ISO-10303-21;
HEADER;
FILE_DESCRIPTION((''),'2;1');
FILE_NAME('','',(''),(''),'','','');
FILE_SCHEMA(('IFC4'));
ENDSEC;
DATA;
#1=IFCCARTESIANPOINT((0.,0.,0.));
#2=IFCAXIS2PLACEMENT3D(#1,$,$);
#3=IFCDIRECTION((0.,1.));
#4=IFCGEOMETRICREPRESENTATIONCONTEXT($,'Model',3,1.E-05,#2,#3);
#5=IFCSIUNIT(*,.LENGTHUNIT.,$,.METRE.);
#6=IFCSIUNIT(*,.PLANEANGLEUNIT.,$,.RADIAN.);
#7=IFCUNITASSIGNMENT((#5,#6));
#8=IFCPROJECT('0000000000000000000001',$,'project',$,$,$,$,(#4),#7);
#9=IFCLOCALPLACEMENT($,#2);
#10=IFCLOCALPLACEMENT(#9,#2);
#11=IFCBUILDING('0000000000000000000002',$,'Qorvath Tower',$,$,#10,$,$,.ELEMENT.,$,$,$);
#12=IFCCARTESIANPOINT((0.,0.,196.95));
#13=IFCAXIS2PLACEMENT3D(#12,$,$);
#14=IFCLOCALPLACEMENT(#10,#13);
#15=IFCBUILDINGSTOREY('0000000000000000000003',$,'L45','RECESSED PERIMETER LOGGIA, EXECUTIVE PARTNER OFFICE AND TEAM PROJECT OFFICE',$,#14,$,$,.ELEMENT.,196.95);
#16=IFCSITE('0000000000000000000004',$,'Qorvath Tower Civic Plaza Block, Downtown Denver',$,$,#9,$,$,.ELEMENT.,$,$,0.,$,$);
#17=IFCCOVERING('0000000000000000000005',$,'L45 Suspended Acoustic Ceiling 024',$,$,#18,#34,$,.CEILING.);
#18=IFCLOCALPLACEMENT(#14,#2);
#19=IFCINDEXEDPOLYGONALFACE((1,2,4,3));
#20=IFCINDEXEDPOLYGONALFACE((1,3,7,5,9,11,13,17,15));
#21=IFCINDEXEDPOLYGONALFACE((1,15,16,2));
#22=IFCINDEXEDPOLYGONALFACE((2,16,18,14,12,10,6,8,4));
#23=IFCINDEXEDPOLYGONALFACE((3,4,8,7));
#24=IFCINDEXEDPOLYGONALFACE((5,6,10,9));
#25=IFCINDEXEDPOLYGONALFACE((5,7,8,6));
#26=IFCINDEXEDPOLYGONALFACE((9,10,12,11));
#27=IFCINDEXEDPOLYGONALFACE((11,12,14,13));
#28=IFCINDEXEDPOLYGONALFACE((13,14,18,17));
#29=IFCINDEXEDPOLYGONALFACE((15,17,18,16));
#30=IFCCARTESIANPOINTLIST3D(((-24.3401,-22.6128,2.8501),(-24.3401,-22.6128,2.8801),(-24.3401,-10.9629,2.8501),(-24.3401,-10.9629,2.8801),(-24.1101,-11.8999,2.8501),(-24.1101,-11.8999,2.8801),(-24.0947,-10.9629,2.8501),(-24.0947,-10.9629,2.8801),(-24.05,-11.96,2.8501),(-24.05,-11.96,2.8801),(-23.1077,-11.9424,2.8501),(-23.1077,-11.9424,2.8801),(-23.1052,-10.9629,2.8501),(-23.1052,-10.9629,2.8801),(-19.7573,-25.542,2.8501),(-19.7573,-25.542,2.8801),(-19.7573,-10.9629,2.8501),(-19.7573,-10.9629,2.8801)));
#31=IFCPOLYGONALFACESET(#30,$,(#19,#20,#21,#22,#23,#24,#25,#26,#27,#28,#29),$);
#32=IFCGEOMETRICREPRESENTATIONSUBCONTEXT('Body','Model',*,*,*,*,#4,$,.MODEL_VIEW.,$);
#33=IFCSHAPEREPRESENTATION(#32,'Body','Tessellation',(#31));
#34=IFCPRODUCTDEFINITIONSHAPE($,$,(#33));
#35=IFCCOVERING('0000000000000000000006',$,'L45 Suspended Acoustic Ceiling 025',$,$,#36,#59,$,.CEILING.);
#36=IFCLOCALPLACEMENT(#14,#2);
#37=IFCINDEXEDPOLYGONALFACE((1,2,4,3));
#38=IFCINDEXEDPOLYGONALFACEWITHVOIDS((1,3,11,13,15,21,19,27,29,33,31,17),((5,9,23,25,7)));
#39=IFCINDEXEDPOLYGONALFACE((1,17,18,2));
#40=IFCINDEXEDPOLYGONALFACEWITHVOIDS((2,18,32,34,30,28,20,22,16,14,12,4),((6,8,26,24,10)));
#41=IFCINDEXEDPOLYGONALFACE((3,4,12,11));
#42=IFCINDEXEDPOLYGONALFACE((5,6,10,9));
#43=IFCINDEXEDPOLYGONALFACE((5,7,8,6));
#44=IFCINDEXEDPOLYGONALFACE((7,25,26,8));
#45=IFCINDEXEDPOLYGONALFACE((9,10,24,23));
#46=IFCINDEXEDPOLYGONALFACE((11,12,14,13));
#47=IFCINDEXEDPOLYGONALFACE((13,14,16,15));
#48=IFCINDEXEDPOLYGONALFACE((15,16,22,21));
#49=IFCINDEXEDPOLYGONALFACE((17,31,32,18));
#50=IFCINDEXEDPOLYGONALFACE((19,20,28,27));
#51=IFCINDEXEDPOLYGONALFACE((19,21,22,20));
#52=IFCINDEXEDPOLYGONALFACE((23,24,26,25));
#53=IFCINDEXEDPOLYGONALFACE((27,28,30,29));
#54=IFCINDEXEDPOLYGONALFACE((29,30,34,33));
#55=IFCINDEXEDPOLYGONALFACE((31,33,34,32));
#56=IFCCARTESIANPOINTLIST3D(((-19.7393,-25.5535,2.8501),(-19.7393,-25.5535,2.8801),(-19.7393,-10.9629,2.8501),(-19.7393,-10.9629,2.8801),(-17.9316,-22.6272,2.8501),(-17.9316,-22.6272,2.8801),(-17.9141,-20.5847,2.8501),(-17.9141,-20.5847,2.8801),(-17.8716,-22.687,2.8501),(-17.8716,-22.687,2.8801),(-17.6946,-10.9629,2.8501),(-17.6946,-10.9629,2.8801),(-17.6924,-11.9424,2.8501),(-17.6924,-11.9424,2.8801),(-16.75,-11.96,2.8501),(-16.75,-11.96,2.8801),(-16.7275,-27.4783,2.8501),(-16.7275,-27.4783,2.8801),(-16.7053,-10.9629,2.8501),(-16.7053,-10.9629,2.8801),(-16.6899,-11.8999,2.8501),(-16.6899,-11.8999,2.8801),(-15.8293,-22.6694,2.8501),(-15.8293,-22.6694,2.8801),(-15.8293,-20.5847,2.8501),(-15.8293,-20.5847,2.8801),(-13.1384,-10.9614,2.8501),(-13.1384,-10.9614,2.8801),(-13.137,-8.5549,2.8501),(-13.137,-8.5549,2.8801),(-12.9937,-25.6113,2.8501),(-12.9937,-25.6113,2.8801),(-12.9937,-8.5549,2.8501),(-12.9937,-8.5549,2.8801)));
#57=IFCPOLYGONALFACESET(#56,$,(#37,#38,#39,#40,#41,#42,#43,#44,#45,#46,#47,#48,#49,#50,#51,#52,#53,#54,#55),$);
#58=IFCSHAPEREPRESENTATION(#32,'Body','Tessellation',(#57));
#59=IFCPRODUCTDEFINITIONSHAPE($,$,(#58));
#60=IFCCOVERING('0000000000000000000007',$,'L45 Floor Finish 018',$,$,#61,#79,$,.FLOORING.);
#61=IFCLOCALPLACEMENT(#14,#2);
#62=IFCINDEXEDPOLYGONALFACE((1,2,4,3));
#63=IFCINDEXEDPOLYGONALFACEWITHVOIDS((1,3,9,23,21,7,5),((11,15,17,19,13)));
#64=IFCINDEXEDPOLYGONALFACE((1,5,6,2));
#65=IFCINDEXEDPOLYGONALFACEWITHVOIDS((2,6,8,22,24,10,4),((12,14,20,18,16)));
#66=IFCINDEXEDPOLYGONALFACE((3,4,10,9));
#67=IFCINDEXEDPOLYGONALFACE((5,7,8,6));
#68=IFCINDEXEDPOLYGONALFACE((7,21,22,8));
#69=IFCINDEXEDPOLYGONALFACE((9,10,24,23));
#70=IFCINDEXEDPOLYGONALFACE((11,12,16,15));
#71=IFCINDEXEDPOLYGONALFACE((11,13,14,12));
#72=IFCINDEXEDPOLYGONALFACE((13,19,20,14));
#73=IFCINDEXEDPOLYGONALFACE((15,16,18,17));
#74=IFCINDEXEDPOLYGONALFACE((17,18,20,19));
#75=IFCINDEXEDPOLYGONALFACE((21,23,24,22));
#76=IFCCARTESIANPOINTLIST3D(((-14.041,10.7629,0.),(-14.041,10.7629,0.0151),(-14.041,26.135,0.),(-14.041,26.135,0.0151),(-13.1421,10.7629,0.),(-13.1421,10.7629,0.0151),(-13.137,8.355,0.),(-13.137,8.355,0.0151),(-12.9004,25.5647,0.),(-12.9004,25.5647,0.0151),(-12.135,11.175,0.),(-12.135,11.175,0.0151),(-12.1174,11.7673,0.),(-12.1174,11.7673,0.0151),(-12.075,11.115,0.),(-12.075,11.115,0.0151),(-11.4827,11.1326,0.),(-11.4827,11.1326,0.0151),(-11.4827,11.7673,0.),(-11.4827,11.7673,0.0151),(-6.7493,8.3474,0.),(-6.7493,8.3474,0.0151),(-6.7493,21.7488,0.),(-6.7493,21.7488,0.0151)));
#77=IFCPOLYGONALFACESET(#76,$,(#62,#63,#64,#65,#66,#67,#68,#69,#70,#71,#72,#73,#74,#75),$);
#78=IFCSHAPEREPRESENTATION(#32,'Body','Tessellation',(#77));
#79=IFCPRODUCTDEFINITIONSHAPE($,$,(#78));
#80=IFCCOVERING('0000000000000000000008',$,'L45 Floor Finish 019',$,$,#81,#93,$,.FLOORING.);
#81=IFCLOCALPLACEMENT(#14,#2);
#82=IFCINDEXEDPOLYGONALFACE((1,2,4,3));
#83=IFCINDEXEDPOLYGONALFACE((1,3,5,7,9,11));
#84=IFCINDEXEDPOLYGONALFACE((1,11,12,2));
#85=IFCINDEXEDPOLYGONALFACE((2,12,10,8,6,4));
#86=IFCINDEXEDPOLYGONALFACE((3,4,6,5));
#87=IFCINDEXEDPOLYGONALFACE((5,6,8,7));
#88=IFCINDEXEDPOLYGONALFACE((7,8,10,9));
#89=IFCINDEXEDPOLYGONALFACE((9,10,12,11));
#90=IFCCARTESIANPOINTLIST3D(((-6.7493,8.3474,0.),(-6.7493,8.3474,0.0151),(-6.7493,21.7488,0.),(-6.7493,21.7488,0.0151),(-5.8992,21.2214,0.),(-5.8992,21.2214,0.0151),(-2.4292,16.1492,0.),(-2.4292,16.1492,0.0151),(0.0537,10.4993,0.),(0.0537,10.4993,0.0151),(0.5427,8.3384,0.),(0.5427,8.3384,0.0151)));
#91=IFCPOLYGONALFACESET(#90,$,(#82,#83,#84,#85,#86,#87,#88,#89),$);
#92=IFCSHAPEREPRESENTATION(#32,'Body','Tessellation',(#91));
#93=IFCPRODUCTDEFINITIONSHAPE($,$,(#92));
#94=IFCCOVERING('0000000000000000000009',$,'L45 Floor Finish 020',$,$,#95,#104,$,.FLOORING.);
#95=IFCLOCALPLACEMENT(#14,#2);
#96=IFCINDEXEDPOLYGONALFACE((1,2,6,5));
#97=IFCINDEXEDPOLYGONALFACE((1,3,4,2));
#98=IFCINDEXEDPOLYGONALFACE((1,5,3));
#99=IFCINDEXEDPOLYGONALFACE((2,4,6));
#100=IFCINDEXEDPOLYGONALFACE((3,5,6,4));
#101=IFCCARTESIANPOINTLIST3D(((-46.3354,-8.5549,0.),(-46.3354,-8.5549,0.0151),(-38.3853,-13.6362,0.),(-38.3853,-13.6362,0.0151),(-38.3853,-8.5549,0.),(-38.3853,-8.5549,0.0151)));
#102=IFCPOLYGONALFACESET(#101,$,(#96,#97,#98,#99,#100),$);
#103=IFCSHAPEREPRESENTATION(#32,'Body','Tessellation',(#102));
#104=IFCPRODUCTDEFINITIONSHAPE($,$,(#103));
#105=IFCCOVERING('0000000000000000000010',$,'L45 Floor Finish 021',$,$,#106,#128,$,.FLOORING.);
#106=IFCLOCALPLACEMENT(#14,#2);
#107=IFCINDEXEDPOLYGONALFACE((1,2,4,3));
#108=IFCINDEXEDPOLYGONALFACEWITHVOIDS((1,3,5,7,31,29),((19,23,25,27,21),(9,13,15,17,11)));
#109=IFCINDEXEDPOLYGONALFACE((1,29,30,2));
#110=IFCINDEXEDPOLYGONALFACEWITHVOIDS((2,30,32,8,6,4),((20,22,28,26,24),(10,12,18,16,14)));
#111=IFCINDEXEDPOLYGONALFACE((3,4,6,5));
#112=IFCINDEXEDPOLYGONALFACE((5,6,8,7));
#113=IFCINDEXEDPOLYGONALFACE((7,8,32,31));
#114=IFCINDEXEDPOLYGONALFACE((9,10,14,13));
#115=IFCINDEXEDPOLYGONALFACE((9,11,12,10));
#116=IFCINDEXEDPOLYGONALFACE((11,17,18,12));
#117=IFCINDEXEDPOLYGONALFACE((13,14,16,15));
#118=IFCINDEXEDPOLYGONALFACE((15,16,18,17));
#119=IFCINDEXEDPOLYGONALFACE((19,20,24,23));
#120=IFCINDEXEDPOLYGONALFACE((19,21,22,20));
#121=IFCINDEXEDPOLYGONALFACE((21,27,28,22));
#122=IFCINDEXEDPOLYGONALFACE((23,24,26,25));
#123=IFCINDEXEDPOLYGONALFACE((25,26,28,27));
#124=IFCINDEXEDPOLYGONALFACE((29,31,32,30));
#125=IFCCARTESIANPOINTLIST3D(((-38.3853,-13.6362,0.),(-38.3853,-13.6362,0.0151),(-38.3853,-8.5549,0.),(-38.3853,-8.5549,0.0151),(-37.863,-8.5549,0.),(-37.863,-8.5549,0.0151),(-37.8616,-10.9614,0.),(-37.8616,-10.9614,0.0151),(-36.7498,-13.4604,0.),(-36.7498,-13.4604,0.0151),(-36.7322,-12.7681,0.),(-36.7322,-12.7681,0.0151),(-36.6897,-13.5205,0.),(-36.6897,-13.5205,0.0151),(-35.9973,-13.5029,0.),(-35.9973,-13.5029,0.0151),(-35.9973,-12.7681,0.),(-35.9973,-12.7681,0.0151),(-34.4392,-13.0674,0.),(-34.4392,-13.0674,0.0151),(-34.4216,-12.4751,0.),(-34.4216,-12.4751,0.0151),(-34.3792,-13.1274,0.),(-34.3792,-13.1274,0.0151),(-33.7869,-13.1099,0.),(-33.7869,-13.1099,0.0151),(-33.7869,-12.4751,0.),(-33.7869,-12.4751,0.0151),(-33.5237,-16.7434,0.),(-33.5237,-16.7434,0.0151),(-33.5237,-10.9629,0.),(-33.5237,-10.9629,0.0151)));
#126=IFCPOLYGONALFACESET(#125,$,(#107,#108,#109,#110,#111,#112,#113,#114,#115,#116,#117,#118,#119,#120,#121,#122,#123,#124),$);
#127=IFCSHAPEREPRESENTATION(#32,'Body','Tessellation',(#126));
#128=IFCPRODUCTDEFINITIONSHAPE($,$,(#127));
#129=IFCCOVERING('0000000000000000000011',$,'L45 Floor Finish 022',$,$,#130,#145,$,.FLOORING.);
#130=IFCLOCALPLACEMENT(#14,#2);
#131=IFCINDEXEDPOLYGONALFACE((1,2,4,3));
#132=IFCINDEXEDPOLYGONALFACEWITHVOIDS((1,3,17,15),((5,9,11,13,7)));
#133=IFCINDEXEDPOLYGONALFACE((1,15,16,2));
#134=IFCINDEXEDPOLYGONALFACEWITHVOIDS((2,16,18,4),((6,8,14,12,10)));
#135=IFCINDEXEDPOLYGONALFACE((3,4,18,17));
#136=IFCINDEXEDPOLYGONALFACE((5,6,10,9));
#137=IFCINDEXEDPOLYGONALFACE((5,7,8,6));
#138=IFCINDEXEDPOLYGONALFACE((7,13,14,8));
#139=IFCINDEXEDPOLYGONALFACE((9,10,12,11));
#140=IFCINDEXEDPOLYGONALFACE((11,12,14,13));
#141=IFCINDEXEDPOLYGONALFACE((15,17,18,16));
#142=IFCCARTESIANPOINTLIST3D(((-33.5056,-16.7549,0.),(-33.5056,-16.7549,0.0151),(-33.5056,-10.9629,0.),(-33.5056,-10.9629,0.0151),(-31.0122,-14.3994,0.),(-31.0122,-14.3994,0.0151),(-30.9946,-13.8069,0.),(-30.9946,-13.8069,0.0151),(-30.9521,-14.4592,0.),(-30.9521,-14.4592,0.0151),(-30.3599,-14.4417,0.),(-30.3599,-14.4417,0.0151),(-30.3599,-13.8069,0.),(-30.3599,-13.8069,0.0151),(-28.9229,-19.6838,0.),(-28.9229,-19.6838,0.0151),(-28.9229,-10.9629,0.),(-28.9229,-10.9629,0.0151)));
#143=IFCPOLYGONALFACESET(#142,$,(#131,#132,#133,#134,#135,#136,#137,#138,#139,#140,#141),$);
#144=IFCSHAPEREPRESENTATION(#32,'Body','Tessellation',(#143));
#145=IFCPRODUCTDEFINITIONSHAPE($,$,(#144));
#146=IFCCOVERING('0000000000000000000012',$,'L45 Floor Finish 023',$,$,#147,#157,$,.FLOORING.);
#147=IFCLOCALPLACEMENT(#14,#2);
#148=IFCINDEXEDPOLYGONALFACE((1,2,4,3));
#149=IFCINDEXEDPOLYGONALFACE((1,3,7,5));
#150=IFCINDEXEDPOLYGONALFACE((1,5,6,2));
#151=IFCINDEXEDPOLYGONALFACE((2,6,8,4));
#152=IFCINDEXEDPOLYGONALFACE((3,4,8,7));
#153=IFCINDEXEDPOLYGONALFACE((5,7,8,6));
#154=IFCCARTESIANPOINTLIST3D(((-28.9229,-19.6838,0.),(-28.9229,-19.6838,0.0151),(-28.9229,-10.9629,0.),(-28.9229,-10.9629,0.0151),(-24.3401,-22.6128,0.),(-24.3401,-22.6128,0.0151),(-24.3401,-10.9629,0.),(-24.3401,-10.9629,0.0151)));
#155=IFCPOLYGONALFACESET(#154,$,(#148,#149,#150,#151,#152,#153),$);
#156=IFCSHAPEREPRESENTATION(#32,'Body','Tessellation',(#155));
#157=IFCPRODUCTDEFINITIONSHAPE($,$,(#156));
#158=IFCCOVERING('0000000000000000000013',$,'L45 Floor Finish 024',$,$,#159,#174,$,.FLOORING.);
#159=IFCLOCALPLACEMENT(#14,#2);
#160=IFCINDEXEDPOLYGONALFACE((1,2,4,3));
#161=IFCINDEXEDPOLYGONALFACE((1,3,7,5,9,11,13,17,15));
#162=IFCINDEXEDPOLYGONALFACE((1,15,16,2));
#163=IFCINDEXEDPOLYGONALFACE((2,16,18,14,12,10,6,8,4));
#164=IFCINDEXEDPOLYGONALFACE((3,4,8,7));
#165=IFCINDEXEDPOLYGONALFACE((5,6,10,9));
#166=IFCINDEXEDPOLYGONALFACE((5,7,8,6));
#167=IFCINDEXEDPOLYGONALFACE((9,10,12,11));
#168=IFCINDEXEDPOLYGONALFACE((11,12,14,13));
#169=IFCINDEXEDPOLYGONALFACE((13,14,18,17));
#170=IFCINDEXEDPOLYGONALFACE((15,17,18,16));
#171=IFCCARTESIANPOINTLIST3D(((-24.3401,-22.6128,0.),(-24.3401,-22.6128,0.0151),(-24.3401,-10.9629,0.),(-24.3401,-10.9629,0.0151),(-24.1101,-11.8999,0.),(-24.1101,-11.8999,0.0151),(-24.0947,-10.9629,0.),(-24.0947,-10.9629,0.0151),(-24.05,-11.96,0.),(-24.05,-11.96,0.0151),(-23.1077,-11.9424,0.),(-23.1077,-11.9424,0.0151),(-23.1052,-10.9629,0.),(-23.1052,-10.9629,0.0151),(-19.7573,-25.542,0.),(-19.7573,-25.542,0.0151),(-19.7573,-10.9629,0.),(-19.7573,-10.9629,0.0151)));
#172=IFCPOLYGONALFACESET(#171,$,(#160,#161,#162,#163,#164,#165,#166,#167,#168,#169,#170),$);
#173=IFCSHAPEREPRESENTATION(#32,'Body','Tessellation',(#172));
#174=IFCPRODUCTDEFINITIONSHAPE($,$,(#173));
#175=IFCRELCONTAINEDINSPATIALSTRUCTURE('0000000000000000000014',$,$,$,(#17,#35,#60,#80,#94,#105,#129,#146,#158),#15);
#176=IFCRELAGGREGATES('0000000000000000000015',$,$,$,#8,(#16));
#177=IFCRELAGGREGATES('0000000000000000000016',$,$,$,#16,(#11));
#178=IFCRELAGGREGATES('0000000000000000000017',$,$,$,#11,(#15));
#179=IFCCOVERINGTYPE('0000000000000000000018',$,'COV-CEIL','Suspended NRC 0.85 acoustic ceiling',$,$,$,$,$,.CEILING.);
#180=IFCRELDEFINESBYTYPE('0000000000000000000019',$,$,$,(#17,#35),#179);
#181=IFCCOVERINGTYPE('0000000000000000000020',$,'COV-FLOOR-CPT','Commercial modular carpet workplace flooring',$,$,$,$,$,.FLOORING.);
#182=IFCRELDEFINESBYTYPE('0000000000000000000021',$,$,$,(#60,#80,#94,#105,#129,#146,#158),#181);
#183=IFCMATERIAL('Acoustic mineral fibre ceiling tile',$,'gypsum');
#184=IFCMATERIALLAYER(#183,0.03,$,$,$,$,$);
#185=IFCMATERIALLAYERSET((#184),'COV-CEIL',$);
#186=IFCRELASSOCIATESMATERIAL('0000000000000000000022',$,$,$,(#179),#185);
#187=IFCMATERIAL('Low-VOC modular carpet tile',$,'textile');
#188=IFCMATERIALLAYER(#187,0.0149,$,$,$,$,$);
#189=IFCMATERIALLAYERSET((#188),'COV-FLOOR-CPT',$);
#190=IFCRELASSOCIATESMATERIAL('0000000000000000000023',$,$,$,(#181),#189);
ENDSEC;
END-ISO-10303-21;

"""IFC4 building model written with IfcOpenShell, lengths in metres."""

from ifc_helpers import new_model, si_unit, direction, frame, origin, place, context, subcontext, project, spatial, polyline, outline, extrude, material, layer, layer_set, type_object, element, save


model = new_model("IFC4")

# Units and contexts
model_context = context("Model", 3, precision=1e-05, world=origin(), true_north=direction((0.0, 1.0)))
body_context = subcontext(model_context, "Body", "Model", "MODEL_VIEW")
ifc_project = project(units=[si_unit("LENGTHUNIT", "METRE"), si_unit("PLANEANGLEUNIT", "RADIAN")], contexts=[model_context])

# Site, building, storey
site_placement = place(None, origin())
site = spatial("IfcSite", under=ifc_project, at=site_placement, Name="Qorvath Tower Civic Plaza Block, Downtown Denver", CompositionType="ELEMENT", RefElevation=0.0)
building_placement = place(site_placement, origin())
building = spatial("IfcBuilding", under=site, at=building_placement, Name="Qorvath Tower", CompositionType="ELEMENT")
storey_placement = place(building_placement, frame((0.0, 0.0, 196.95)))
storey = spatial("IfcBuildingStorey", under=building, at=storey_placement, Name="L45", Description="RECESSED PERIMETER LOGGIA, EXECUTIVE PARTNER OFFICE AND TEAM PROJECT OFFICE", CompositionType="ELEMENT", Elevation=196.95)

# Coverings
ifc_material_1 = material(Name="Acoustic mineral fibre ceiling tile", Category="gypsum")
ifc_layer_1 = layer(ifc_material_1, 0.03)
ifc_layer_set_1 = layer_set([ifc_layer_1], Name="COV-CEIL")
covering_type_1 = type_object("IfcCoveringType", Name="COV-CEIL", Description="Suspended NRC 0.85 acoustic ceiling", PredefinedType="CEILING", material=ifc_layer_set_1)
covering_1_placement = place(storey_placement, frame((0.0, 0.0, 2.8501)))
element("IfcCovering", 1, at=covering_1_placement, inside=storey, type_object=covering_type_1, Name="L45 Suspended Acoustic Ceiling 024", PredefinedType="CEILING", context=body_context, shape_type="SweptSolid", body=[
    extrude(outline(polyline([(-24.3401, -10.9629), (-24.3401, -22.6128), (-19.7573, -25.542), (-19.7573, -10.9629), (-23.1052, -10.9629), (-23.1077, -11.9424), (-24.05, -11.96), (-24.1101, -11.8999), (-24.0947, -10.9629), (-24.3401, -10.9629)])), origin(), (0.0, 0.0, 1.0), 0.03),
])
covering_2_placement = place(storey_placement, frame((0.0, 0.0, 2.8501)))
element("IfcCovering", 2, at=covering_2_placement, inside=storey, type_object=covering_type_1, Name="L45 Suspended Acoustic Ceiling 025", PredefinedType="CEILING", context=body_context, shape_type="SweptSolid", body=[
    extrude(outline(polyline([(-17.6946, -10.9629), (-19.7393, -10.9629), (-19.7393, -25.5535), (-16.7275, -27.4783), (-12.9937, -25.6113), (-12.9937, -8.5549), (-13.137, -8.5549), (-13.1384, -10.9614), (-16.7053, -10.9629), (-16.6899, -11.8999), (-16.75, -11.96), (-17.6924, -11.9424), (-17.6946, -10.9629)]), holes=[polyline([(-17.9316, -22.6272), (-17.9141, -20.5847), (-15.8293, -20.5847), (-15.8293, -22.6694), (-17.8716, -22.687), (-17.9316, -22.6272)])]), origin(), (0.0, 0.0, 1.0), 0.03),
])
ifc_material_2 = material(Name="Low-VOC modular carpet tile", Category="textile")
ifc_layer_2 = layer(ifc_material_2, 0.0149)
ifc_layer_set_2 = layer_set([ifc_layer_2], Name="COV-FLOOR-CPT")
covering_type_2 = type_object("IfcCoveringType", Name="COV-FLOOR-CPT", Description="Commercial modular carpet workplace flooring", PredefinedType="FLOORING", material=ifc_layer_set_2)
covering_3_placement = place(storey_placement, origin())
element("IfcCovering", 3, at=covering_3_placement, inside=storey, type_object=covering_type_2, Name="L45 Floor Finish 018", PredefinedType="FLOORING", context=body_context, shape_type="SweptSolid", body=[
    extrude(outline(polyline([(-6.7493, 8.3474), (-6.7493, 21.7488), (-12.9004, 25.5647), (-14.041, 26.135), (-14.041, 10.7629), (-13.1421, 10.7629), (-13.137, 8.355), (-6.7493, 8.3474)]), holes=[polyline([(-12.135, 11.175), (-12.1174, 11.7673), (-11.4827, 11.7673), (-11.4827, 11.1326), (-12.075, 11.115), (-12.135, 11.175)])]), origin(), (0.0, 0.0, 1.0), 0.0151),
])
covering_4_placement = place(storey_placement, origin())
element("IfcCovering", 4, at=covering_4_placement, inside=storey, type_object=covering_type_2, Name="L45 Floor Finish 019", PredefinedType="FLOORING", context=body_context, shape_type="SweptSolid", body=[
    extrude(outline(polyline([(0.5427, 8.3384), (0.0537, 10.4993), (-2.4292, 16.1492), (-5.8992, 21.2214), (-6.7493, 21.7488), (-6.7493, 8.3474), (0.5427, 8.3384)])), origin(), (0.0, 0.0, 1.0), 0.0151),
])
covering_5_placement = place(storey_placement, origin())
element("IfcCovering", 5, at=covering_5_placement, inside=storey, type_object=covering_type_2, Name="L45 Floor Finish 020", PredefinedType="FLOORING", context=body_context, shape_type="SweptSolid", body=[
    extrude(outline(polyline([(-38.3853, -13.6362), (-38.3853, -8.5549), (-46.3354, -8.5549), (-38.3853, -13.6362)])), origin(), (0.0, 0.0, 1.0), 0.0151),
])
covering_6_placement = place(storey_placement, origin())
element("IfcCovering", 6, at=covering_6_placement, inside=storey, type_object=covering_type_2, Name="L45 Floor Finish 021", PredefinedType="FLOORING", context=body_context, shape_type="SweptSolid", body=[
    extrude(outline(polyline([(-37.8616, -10.9614), (-37.863, -8.5549), (-38.3853, -8.5549), (-38.3853, -13.6362), (-33.5237, -16.7434), (-33.5237, -10.9629), (-37.8616, -10.9614)]), holes=[polyline([(-34.4392, -13.0674), (-34.4216, -12.4751), (-33.7869, -12.4751), (-33.7869, -13.1099), (-34.3792, -13.1274), (-34.4392, -13.0674)]), polyline([(-36.7498, -13.4604), (-36.7322, -12.7681), (-35.9973, -12.7681), (-35.9973, -13.5029), (-36.6897, -13.5205), (-36.7498, -13.4604)])]), origin(), (0.0, 0.0, 1.0), 0.0151),
])
covering_7_placement = place(storey_placement, origin())
element("IfcCovering", 7, at=covering_7_placement, inside=storey, type_object=covering_type_2, Name="L45 Floor Finish 022", PredefinedType="FLOORING", context=body_context, shape_type="SweptSolid", body=[
    extrude(outline(polyline([(-33.5056, -10.9629), (-33.5056, -16.7549), (-28.9229, -19.6838), (-28.9229, -10.9629), (-33.5056, -10.9629)]), holes=[polyline([(-31.0122, -14.3994), (-30.9946, -13.8069), (-30.3599, -13.8069), (-30.3599, -14.4417), (-30.9521, -14.4592), (-31.0122, -14.3994)])]), origin(), (0.0, 0.0, 1.0), 0.0151),
])
covering_8_placement = place(storey_placement, origin())
element("IfcCovering", 8, at=covering_8_placement, inside=storey, type_object=covering_type_2, Name="L45 Floor Finish 023", PredefinedType="FLOORING", context=body_context, shape_type="SweptSolid", body=[
    extrude(outline(polyline([(-28.9229, -10.9629), (-28.9229, -19.6838), (-24.3401, -22.6128), (-24.3401, -10.9629), (-28.9229, -10.9629)])), origin(), (0.0, 0.0, 1.0), 0.0151),
])
covering_9_placement = place(storey_placement, origin())
element("IfcCovering", 9, at=covering_9_placement, inside=storey, type_object=covering_type_2, Name="L45 Floor Finish 024", PredefinedType="FLOORING", context=body_context, shape_type="SweptSolid", body=[
    extrude(outline(polyline([(-24.3401, -10.9629), (-24.3401, -22.6128), (-19.7573, -25.542), (-19.7573, -10.9629), (-23.1052, -10.9629), (-23.1077, -11.9424), (-24.05, -11.96), (-24.1101, -11.8999), (-24.0947, -10.9629), (-24.3401, -10.9629)])), origin(), (0.0, 0.0, 1.0), 0.0151),
])

save(model, "model.ifc")
